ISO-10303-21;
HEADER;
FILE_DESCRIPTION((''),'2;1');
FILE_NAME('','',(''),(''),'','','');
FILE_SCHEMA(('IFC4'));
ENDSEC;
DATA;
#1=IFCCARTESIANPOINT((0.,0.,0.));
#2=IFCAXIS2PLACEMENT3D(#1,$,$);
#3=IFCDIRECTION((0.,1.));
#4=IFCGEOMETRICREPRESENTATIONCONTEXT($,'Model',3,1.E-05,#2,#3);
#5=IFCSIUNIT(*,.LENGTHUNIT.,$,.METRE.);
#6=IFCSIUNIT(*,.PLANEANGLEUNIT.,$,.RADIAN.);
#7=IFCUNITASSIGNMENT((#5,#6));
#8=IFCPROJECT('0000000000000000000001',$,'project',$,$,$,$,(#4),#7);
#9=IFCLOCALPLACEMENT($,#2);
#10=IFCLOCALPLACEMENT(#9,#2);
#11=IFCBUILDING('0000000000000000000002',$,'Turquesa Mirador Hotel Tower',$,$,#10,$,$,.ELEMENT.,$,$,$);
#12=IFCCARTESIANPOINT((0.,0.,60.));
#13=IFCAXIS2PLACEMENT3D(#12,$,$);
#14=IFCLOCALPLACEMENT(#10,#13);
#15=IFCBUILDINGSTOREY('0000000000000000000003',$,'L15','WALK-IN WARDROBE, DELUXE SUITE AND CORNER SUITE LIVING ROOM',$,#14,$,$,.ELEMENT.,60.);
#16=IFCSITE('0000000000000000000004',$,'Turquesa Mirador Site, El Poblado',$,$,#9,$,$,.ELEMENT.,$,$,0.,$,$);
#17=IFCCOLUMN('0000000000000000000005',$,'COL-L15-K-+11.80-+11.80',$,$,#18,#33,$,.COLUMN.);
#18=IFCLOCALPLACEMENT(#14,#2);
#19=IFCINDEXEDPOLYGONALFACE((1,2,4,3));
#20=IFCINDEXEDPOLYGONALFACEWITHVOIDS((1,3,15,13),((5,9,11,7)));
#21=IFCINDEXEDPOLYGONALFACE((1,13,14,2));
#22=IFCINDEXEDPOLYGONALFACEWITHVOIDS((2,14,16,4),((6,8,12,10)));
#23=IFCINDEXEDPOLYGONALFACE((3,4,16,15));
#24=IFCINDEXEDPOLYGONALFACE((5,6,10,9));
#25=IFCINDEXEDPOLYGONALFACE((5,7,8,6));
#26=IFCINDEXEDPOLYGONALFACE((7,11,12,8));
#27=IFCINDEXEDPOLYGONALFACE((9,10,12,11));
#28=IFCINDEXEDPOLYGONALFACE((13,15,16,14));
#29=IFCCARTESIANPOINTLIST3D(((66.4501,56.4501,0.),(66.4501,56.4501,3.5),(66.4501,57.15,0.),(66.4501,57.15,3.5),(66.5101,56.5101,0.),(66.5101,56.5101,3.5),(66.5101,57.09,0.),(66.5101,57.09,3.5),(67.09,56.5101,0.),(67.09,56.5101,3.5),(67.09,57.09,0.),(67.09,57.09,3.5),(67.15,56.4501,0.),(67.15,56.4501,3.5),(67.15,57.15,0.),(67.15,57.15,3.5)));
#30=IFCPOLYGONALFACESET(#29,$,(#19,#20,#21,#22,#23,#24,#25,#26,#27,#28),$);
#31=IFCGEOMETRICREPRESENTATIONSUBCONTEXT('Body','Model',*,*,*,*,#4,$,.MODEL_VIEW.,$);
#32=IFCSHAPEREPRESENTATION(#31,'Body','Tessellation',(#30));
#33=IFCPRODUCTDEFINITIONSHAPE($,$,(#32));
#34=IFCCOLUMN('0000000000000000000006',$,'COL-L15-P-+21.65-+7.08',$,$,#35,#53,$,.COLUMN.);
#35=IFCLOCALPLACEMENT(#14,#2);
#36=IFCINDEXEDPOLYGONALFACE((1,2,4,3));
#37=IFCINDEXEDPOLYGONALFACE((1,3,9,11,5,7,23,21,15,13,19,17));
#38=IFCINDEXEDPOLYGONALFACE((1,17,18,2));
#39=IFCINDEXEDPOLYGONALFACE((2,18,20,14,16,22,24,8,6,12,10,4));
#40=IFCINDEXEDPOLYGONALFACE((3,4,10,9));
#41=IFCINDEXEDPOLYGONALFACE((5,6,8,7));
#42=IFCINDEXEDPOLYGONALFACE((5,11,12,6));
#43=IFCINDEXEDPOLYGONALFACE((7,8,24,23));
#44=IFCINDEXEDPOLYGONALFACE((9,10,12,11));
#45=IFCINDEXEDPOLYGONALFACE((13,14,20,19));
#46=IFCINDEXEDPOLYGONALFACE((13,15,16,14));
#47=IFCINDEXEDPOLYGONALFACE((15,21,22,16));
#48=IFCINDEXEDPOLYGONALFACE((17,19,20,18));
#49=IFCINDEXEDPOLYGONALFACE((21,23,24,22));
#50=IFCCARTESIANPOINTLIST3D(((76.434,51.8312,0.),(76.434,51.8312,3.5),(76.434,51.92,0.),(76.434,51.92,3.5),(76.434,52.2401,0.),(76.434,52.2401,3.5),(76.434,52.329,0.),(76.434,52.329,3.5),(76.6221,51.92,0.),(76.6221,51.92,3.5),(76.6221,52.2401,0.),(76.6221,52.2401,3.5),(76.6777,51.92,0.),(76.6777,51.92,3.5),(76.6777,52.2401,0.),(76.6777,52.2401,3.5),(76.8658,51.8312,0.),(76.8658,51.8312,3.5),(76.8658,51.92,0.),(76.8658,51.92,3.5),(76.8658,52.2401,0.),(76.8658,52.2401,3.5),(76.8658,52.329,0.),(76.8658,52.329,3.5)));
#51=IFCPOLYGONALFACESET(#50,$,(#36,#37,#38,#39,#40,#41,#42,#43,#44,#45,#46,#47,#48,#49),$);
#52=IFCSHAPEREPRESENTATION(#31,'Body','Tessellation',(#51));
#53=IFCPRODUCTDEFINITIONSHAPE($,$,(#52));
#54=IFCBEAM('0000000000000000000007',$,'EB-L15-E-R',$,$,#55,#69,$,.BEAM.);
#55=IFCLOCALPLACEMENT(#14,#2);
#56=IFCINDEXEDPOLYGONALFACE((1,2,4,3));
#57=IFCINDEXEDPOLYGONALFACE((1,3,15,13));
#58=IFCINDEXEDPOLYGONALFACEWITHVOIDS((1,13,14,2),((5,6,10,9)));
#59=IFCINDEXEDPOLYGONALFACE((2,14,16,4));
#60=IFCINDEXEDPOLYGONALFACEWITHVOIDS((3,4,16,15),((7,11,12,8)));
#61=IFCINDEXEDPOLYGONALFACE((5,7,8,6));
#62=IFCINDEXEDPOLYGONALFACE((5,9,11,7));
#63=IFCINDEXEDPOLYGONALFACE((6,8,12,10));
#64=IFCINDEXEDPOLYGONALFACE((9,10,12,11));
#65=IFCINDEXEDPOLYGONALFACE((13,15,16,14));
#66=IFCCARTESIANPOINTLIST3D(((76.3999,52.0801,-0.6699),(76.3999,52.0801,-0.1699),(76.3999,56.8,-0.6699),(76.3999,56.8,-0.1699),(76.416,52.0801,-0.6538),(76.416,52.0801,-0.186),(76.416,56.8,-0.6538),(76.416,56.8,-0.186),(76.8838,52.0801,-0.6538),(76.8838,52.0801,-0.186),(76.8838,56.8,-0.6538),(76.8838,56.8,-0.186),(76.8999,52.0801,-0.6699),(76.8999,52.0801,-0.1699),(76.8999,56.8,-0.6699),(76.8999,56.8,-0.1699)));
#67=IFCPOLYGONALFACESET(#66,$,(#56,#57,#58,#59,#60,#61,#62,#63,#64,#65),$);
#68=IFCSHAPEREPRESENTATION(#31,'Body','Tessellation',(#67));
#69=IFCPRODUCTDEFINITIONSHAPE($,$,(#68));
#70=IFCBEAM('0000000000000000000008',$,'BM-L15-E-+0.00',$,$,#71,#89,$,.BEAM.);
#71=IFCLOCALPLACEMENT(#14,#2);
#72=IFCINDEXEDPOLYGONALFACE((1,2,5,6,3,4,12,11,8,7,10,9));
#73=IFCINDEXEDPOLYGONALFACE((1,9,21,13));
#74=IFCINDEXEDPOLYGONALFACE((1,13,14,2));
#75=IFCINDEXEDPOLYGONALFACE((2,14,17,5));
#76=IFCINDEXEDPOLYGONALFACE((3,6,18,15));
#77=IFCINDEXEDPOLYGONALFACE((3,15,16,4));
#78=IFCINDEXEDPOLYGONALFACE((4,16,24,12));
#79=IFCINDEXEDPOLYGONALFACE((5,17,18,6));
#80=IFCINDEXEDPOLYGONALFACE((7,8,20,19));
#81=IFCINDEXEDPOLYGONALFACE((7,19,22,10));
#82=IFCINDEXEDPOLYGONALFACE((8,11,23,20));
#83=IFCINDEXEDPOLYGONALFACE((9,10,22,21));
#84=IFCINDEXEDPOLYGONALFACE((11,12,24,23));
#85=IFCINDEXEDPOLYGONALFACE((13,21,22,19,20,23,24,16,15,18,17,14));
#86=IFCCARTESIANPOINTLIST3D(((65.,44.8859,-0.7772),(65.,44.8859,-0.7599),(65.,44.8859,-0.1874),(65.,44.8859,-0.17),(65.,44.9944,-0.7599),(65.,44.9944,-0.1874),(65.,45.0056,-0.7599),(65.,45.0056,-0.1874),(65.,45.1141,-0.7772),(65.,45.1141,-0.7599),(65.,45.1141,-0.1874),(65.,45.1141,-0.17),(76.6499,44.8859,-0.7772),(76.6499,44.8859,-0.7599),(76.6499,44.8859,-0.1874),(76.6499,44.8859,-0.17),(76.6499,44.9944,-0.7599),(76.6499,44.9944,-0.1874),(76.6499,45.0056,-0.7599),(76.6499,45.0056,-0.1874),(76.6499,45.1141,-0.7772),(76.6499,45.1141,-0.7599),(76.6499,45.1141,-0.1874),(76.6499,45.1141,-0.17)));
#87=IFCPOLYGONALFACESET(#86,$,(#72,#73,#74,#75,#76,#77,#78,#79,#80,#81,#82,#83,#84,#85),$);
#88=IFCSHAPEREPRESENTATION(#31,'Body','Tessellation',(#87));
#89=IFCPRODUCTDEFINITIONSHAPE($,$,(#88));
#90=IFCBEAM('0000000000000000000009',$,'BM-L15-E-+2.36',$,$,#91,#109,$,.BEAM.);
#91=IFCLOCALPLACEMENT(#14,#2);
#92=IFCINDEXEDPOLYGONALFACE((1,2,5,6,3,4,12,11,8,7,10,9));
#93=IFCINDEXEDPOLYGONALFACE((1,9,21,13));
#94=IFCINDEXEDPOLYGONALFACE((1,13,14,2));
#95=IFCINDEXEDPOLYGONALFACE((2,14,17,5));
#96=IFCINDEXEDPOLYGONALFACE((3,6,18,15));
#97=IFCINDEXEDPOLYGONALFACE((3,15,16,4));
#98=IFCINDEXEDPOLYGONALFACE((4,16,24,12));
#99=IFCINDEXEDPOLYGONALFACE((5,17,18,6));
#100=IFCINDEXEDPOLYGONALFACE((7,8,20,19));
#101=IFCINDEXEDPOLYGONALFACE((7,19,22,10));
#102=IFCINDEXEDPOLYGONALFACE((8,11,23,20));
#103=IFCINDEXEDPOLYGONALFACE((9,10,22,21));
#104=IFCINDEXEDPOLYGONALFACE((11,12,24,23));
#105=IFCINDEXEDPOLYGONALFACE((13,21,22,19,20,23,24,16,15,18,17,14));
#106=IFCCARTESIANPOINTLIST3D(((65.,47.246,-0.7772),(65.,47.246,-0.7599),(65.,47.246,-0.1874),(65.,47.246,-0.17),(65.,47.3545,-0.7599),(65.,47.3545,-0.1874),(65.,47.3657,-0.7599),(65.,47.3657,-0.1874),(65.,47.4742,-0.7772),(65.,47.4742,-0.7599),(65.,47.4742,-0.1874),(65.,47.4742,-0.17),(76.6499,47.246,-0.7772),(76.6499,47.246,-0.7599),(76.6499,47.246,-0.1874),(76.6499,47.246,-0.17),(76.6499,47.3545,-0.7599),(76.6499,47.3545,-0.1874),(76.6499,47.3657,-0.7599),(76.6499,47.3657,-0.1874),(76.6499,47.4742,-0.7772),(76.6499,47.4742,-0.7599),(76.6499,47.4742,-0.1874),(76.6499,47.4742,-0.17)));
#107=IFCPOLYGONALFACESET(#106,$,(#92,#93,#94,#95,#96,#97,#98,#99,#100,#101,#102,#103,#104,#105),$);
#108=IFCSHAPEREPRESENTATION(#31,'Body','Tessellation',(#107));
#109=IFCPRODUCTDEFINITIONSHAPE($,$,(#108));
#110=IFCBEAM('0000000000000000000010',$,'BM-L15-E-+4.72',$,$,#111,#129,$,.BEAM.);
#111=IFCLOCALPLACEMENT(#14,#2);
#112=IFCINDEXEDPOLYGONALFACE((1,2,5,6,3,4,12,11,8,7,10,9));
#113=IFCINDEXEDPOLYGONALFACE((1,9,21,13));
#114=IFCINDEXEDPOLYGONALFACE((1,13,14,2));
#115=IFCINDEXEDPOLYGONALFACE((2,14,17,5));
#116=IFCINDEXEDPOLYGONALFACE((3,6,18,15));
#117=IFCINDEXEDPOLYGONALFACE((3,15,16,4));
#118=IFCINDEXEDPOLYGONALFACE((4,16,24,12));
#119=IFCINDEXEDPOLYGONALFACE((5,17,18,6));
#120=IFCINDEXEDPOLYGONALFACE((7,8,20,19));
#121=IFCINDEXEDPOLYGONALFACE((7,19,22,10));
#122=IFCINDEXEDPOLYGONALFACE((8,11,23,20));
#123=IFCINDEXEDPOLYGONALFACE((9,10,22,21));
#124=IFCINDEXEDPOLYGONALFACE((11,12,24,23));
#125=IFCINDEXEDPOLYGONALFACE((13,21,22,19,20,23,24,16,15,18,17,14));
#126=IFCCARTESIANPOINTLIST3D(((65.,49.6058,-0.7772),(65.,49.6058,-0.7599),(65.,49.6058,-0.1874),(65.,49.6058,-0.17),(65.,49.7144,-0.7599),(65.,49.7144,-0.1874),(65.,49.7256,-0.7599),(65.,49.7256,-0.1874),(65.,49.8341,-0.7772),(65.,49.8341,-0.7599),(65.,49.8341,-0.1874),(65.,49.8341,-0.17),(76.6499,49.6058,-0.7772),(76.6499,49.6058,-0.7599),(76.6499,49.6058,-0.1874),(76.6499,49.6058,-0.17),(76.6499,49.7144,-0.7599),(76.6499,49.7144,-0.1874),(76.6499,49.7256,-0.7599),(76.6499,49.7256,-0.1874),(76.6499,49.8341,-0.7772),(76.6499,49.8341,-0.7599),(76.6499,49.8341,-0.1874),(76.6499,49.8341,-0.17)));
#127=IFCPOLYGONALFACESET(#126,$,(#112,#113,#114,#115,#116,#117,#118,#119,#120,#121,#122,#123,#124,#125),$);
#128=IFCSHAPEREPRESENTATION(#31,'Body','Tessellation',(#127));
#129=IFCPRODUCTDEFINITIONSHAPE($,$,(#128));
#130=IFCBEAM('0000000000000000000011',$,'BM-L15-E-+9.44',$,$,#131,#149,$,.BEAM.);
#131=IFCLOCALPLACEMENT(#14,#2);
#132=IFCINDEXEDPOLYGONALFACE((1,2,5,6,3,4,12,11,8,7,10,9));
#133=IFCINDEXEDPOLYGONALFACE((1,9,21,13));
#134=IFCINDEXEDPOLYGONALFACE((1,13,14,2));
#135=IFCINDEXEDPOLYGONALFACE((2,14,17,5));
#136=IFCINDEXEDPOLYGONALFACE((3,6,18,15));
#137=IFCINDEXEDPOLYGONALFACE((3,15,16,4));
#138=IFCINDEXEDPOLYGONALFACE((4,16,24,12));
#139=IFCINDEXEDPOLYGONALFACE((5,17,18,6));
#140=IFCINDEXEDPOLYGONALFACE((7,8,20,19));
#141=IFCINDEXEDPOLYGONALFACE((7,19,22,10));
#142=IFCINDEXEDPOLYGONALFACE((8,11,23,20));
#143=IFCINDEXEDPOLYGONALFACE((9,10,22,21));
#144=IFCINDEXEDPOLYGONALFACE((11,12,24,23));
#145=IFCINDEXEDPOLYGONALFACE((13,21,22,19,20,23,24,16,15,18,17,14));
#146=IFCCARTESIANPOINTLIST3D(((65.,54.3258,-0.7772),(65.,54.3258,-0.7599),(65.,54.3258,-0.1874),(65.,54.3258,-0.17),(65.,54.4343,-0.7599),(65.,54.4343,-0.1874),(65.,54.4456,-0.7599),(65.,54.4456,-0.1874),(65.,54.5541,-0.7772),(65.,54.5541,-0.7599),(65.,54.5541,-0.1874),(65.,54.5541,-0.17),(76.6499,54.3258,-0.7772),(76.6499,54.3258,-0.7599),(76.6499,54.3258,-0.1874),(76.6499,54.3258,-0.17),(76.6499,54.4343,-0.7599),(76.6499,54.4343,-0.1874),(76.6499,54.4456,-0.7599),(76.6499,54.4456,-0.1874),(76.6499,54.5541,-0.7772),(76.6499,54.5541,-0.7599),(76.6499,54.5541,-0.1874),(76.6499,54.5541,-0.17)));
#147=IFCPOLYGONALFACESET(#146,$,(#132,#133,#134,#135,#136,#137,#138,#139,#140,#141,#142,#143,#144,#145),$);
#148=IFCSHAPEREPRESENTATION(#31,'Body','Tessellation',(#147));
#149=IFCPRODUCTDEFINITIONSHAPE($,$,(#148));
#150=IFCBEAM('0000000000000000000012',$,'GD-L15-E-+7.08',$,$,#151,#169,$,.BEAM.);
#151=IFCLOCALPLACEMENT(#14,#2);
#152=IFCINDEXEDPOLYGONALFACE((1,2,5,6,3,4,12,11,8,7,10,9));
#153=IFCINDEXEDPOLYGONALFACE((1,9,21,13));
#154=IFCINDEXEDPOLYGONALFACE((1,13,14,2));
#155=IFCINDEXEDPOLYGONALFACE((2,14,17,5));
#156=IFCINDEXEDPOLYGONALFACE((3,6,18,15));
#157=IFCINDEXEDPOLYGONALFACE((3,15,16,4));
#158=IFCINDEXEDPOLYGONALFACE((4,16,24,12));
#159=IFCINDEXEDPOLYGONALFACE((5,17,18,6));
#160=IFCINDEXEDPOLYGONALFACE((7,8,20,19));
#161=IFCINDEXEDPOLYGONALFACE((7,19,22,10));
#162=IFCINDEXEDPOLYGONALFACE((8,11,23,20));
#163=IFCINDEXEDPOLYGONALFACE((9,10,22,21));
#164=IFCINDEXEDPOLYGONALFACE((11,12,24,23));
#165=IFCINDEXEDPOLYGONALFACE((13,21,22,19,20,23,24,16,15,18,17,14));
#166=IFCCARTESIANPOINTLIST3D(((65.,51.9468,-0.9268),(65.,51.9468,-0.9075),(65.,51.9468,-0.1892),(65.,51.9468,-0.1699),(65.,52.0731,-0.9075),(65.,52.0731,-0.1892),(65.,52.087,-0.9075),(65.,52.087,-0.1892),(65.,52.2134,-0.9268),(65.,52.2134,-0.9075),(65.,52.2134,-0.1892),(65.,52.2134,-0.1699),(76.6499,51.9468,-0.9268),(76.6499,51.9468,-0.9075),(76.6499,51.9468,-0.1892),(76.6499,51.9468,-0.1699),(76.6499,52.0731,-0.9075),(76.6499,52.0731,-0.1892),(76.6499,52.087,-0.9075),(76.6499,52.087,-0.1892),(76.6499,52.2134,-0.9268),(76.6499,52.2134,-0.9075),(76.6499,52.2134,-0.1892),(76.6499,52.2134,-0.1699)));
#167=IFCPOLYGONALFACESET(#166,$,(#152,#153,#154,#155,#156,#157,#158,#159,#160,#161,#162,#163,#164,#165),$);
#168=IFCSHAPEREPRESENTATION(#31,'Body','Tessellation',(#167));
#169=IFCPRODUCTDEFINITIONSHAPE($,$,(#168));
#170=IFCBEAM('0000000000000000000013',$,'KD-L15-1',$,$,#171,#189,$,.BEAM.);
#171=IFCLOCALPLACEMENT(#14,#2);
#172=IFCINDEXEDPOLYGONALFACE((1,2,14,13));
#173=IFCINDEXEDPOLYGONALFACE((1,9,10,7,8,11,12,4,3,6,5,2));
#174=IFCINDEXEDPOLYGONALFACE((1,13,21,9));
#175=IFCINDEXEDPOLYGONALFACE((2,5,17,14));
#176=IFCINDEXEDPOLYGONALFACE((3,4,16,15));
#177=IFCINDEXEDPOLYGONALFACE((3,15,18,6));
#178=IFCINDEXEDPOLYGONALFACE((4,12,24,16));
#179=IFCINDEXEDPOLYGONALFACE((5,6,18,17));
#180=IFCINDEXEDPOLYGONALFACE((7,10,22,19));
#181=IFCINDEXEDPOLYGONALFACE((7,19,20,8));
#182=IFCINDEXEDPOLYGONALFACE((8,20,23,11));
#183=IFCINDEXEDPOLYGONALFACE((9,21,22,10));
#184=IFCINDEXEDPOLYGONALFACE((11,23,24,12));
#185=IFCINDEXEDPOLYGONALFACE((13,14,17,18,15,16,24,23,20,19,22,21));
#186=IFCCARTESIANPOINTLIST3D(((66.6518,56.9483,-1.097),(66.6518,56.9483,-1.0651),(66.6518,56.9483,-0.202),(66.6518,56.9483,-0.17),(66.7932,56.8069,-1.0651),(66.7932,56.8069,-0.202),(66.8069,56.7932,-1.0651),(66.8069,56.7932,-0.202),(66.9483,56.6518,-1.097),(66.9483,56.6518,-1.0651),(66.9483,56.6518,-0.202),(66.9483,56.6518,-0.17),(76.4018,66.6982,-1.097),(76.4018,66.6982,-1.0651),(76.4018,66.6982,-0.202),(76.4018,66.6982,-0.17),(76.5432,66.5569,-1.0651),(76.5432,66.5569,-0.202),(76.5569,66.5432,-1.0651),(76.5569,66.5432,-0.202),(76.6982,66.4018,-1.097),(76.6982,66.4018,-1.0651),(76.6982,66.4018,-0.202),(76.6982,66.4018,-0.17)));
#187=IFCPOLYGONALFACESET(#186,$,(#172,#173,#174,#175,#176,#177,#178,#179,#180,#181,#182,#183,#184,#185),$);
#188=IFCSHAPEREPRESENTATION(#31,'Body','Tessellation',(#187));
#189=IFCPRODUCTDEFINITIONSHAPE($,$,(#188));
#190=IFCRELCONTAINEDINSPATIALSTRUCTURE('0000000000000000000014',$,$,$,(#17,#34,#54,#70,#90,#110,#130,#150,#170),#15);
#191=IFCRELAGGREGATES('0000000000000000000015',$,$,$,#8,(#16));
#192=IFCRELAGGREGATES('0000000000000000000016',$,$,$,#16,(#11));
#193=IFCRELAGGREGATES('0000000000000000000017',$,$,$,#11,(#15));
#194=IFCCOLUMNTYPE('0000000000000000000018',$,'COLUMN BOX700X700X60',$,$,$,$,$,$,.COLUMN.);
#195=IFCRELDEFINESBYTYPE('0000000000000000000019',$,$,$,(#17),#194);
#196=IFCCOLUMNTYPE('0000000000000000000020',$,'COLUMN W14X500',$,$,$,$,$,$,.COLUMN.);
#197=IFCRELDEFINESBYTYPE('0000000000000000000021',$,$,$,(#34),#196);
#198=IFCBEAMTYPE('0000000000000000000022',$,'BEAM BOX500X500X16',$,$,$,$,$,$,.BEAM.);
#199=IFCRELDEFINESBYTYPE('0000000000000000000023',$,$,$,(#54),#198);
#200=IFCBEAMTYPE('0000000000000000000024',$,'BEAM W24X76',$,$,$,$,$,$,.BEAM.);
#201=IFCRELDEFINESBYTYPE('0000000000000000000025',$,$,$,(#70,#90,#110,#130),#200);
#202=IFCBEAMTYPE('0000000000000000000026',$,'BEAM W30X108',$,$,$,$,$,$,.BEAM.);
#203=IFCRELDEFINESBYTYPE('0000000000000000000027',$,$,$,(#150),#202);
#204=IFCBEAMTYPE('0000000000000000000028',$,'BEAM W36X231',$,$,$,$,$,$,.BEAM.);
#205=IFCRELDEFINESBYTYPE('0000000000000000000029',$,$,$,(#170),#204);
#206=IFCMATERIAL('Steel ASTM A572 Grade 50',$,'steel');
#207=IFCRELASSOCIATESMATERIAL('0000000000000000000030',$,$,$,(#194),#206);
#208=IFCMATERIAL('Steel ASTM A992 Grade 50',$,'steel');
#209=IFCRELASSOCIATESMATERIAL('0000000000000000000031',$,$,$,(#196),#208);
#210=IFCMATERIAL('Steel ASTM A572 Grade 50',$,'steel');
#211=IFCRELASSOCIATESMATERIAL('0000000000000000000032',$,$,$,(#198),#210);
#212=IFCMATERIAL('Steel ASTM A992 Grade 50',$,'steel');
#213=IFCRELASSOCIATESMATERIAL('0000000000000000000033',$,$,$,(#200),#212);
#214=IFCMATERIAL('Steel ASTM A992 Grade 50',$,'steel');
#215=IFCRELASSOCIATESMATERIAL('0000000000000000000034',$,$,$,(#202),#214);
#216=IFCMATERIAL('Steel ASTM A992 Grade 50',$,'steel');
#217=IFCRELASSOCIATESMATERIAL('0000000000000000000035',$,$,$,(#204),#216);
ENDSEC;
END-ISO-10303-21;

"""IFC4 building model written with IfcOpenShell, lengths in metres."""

from ifc_helpers import new_model, si_unit, direction, frame, origin, origin_2d, place, context, subcontext, project, spatial, hollow_rectangle, i_section, extrude, material, material_profile, profile_set, type_object, element, save


model = new_model("IFC4")

# Units and contexts
model_context = context("Model", 3, precision=1e-05, world=origin(), true_north=direction((0.0, 1.0)))
body_context = subcontext(model_context, "Body", "Model", "MODEL_VIEW")
ifc_project = project(units=[si_unit("LENGTHUNIT", "METRE"), si_unit("PLANEANGLEUNIT", "RADIAN")], contexts=[model_context])

# Site, building, storey
site_placement = place(None, origin())
site = spatial("IfcSite", under=ifc_project, at=site_placement, Name="Turquesa Mirador Site, El Poblado", CompositionType="ELEMENT", RefElevation=0.0)
building_placement = place(site_placement, origin())
building = spatial("IfcBuilding", under=site, at=building_placement, Name="Turquesa Mirador Hotel Tower", CompositionType="ELEMENT")
storey_placement = place(building_placement, frame((0.0, 0.0, 60.0)))
storey = spatial("IfcBuildingStorey", under=building, at=storey_placement, Name="L15", Description="WALK-IN WARDROBE, DELUXE SUITE AND CORNER SUITE LIVING ROOM", CompositionType="ELEMENT", Elevation=60.0)

# Columns
ifc_material_1 = material(Name="Steel ASTM A572 Grade 50", Category="steel")
ifc_material_profile_1 = material_profile(ifc_material_1, hollow_rectangle(XDim=0.7, YDim=0.7, WallThickness=0.0601, at=origin_2d()), Name="BOX700X700X60")
ifc_profile_set_1 = profile_set([ifc_material_profile_1], Name="Steel ASTM A572 Grade 50")
column_type_1 = type_object("IfcColumnType", Name="COLUMN BOX700X700X60", PredefinedType="COLUMN", material=ifc_profile_set_1)
column_1_placement = place(storey_placement, frame((66.8, 56.8, 0.0), z_axis=(0.0, 0.0, 1.0), x_axis=(1.0, 0.0, 0.0)))
element("IfcColumn", 1, at=column_1_placement, inside=storey, type_object=column_type_1, Name="COL-L15-K-+11.80-+11.80", PredefinedType="COLUMN", context=body_context, shape_type="SweptSolid", body=[
    extrude(hollow_rectangle(XDim=0.7, YDim=0.7, WallThickness=0.0601, at=origin_2d()), origin(), (0.0, 0.0, 1.0), 3.5),
])
ifc_material_2 = material(Name="Steel ASTM A992 Grade 50", Category="steel")
ifc_material_profile_2 = material_profile(ifc_material_2, i_section(OverallWidth=0.4319, OverallDepth=0.4978, WebThickness=0.0557, FlangeThickness=0.0889, at=origin_2d()), Name="W14X500")
ifc_profile_set_2 = profile_set([ifc_material_profile_2], Name="Steel ASTM A992 Grade 50")
column_type_2 = type_object("IfcColumnType", Name="COLUMN W14X500", PredefinedType="COLUMN", material=ifc_profile_set_2)
column_2_placement = place(storey_placement, frame((76.6499, 52.0801, 0.0), z_axis=(0.0, 0.0, 1.0), x_axis=(1.0, 0.0, 0.0)))
element("IfcColumn", 2, at=column_2_placement, inside=storey, type_object=column_type_2, Name="COL-L15-P-+21.65-+7.08", PredefinedType="COLUMN", context=body_context, shape_type="SweptSolid", body=[
    extrude(i_section(OverallWidth=0.4319, OverallDepth=0.4978, WebThickness=0.0557, FlangeThickness=0.0889, at=origin_2d()), origin(), (0.0, 0.0, 1.0), 3.5),
])

# Beams
ifc_material_3 = material(Name="Steel ASTM A572 Grade 50", Category="steel")
ifc_material_profile_3 = material_profile(ifc_material_3, hollow_rectangle(XDim=0.5, YDim=0.5, WallThickness=0.0161, at=origin_2d()), Name="BOX500X500X16")
ifc_profile_set_3 = profile_set([ifc_material_profile_3], Name="Steel ASTM A572 Grade 50")
beam_type_1 = type_object("IfcBeamType", Name="BEAM BOX500X500X16", PredefinedType="BEAM", material=ifc_profile_set_3)
beam_1_placement = place(storey_placement, frame((76.6499, 52.0801, -0.4199), z_axis=(0.0, 1.0, 0.0), x_axis=(-1.0, 0.0, 0.0)))
element("IfcBeam", 3, at=beam_1_placement, inside=storey, type_object=beam_type_1, Name="EB-L15-E-R", PredefinedType="BEAM", context=body_context, shape_type="SweptSolid", body=[
    extrude(hollow_rectangle(XDim=0.5, YDim=0.5, WallThickness=0.0161, at=origin_2d()), origin(), (0.0, 0.0, 1.0), 4.72),
])
ifc_material_4 = material(Name="Steel ASTM A992 Grade 50", Category="steel")
ifc_material_profile_4 = material_profile(ifc_material_4, i_section(OverallWidth=0.2283, OverallDepth=0.6072, WebThickness=0.0112, FlangeThickness=0.0173, at=origin_2d()), Name="W24X76")
ifc_profile_set_4 = profile_set([ifc_material_profile_4], Name="Steel ASTM A992 Grade 50")
beam_type_2 = type_object("IfcBeamType", Name="BEAM W24X76", PredefinedType="BEAM", material=ifc_profile_set_4)
for number, where, z_axis, x_axis, name in (
    (4, (76.6499, 45.0, -0.4736), (-1.0, 0.0, 0.0), (0.0, -1.0, 0.0), "BM-L15-E-+0.00"),
    (5, (76.6499, 47.3601, -0.4736), (-1.0, 0.0, 0.0), (0.0, -1.0, 0.0), "BM-L15-E-+2.36"),
    (6, (76.6499, 49.72, -0.4736), (-1.0, 0.0, 0.0), (0.0, -1.0, 0.0), "BM-L15-E-+4.72"),
    (7, (76.6499, 54.4399, -0.4736), (-1.0, 0.0, 0.0), (0.0, -1.0, 0.0), "BM-L15-E-+9.44"),
):
    element("IfcBeam", number, at=place(storey_placement, frame(where, z_axis=z_axis, x_axis=x_axis)), inside=storey, type_object=beam_type_2, Name=name, PredefinedType="BEAM", context=body_context, shape_type="SweptSolid", body=[
        extrude(i_section(OverallWidth=0.2283, OverallDepth=0.6072, WebThickness=0.0112, FlangeThickness=0.0173, at=origin_2d()), origin(), (0.0, 0.0, 1.0), 11.6499),
    ])
ifc_material_5 = material(Name="Steel ASTM A992 Grade 50", Category="steel")
ifc_material_profile_5 = material_profile(ifc_material_5, i_section(OverallWidth=0.2666, OverallDepth=0.7568, WebThickness=0.0139, FlangeThickness=0.0193, at=origin_2d()), Name="W30X108")
ifc_profile_set_5 = profile_set([ifc_material_profile_5], Name="Steel ASTM A992 Grade 50")
beam_type_3 = type_object("IfcBeamType", Name="BEAM W30X108", PredefinedType="BEAM", material=ifc_profile_set_5)
beam_2_placement = place(storey_placement, frame((76.6499, 52.0801, -0.5483), z_axis=(-1.0, 0.0, 0.0), x_axis=(0.0, -1.0, 0.0)))
element("IfcBeam", 8, at=beam_2_placement, inside=storey, type_object=beam_type_3, Name="GD-L15-E-+7.08", PredefinedType="BEAM", context=body_context, shape_type="SweptSolid", body=[
    extrude(i_section(OverallWidth=0.2666, OverallDepth=0.7568, WebThickness=0.0139, FlangeThickness=0.0193, at=origin_2d()), origin(), (0.0, 0.0, 1.0), 11.6499),
])
ifc_material_6 = material(Name="Steel ASTM A992 Grade 50", Category="steel")
ifc_material_profile_6 = material_profile(ifc_material_6, i_section(OverallWidth=0.4192, OverallDepth=0.927, WebThickness=0.0193, FlangeThickness=0.032, at=origin_2d()), Name="W36X231")
ifc_profile_set_6 = profile_set([ifc_material_profile_6], Name="Steel ASTM A992 Grade 50")
beam_type_4 = type_object("IfcBeamType", Name="BEAM W36X231", PredefinedType="BEAM", material=ifc_profile_set_6)
beam_3_placement = place(storey_placement, frame((66.8, 56.8, -0.6335), z_axis=(0.707107, 0.707107, 0.0), x_axis=(-0.707107, 0.707107, 0.0)))
element("IfcBeam", 9, at=beam_3_placement, inside=storey, type_object=beam_type_4, Name="KD-L15-1", PredefinedType="BEAM", context=body_context, shape_type="SweptSolid", body=[
    extrude(i_section(OverallWidth=0.4192, OverallDepth=0.927, WebThickness=0.0193, FlangeThickness=0.032, at=origin_2d()), origin(), (0.0, 0.0, 1.0), 13.7886),
])

save(model, "model.ifc")
